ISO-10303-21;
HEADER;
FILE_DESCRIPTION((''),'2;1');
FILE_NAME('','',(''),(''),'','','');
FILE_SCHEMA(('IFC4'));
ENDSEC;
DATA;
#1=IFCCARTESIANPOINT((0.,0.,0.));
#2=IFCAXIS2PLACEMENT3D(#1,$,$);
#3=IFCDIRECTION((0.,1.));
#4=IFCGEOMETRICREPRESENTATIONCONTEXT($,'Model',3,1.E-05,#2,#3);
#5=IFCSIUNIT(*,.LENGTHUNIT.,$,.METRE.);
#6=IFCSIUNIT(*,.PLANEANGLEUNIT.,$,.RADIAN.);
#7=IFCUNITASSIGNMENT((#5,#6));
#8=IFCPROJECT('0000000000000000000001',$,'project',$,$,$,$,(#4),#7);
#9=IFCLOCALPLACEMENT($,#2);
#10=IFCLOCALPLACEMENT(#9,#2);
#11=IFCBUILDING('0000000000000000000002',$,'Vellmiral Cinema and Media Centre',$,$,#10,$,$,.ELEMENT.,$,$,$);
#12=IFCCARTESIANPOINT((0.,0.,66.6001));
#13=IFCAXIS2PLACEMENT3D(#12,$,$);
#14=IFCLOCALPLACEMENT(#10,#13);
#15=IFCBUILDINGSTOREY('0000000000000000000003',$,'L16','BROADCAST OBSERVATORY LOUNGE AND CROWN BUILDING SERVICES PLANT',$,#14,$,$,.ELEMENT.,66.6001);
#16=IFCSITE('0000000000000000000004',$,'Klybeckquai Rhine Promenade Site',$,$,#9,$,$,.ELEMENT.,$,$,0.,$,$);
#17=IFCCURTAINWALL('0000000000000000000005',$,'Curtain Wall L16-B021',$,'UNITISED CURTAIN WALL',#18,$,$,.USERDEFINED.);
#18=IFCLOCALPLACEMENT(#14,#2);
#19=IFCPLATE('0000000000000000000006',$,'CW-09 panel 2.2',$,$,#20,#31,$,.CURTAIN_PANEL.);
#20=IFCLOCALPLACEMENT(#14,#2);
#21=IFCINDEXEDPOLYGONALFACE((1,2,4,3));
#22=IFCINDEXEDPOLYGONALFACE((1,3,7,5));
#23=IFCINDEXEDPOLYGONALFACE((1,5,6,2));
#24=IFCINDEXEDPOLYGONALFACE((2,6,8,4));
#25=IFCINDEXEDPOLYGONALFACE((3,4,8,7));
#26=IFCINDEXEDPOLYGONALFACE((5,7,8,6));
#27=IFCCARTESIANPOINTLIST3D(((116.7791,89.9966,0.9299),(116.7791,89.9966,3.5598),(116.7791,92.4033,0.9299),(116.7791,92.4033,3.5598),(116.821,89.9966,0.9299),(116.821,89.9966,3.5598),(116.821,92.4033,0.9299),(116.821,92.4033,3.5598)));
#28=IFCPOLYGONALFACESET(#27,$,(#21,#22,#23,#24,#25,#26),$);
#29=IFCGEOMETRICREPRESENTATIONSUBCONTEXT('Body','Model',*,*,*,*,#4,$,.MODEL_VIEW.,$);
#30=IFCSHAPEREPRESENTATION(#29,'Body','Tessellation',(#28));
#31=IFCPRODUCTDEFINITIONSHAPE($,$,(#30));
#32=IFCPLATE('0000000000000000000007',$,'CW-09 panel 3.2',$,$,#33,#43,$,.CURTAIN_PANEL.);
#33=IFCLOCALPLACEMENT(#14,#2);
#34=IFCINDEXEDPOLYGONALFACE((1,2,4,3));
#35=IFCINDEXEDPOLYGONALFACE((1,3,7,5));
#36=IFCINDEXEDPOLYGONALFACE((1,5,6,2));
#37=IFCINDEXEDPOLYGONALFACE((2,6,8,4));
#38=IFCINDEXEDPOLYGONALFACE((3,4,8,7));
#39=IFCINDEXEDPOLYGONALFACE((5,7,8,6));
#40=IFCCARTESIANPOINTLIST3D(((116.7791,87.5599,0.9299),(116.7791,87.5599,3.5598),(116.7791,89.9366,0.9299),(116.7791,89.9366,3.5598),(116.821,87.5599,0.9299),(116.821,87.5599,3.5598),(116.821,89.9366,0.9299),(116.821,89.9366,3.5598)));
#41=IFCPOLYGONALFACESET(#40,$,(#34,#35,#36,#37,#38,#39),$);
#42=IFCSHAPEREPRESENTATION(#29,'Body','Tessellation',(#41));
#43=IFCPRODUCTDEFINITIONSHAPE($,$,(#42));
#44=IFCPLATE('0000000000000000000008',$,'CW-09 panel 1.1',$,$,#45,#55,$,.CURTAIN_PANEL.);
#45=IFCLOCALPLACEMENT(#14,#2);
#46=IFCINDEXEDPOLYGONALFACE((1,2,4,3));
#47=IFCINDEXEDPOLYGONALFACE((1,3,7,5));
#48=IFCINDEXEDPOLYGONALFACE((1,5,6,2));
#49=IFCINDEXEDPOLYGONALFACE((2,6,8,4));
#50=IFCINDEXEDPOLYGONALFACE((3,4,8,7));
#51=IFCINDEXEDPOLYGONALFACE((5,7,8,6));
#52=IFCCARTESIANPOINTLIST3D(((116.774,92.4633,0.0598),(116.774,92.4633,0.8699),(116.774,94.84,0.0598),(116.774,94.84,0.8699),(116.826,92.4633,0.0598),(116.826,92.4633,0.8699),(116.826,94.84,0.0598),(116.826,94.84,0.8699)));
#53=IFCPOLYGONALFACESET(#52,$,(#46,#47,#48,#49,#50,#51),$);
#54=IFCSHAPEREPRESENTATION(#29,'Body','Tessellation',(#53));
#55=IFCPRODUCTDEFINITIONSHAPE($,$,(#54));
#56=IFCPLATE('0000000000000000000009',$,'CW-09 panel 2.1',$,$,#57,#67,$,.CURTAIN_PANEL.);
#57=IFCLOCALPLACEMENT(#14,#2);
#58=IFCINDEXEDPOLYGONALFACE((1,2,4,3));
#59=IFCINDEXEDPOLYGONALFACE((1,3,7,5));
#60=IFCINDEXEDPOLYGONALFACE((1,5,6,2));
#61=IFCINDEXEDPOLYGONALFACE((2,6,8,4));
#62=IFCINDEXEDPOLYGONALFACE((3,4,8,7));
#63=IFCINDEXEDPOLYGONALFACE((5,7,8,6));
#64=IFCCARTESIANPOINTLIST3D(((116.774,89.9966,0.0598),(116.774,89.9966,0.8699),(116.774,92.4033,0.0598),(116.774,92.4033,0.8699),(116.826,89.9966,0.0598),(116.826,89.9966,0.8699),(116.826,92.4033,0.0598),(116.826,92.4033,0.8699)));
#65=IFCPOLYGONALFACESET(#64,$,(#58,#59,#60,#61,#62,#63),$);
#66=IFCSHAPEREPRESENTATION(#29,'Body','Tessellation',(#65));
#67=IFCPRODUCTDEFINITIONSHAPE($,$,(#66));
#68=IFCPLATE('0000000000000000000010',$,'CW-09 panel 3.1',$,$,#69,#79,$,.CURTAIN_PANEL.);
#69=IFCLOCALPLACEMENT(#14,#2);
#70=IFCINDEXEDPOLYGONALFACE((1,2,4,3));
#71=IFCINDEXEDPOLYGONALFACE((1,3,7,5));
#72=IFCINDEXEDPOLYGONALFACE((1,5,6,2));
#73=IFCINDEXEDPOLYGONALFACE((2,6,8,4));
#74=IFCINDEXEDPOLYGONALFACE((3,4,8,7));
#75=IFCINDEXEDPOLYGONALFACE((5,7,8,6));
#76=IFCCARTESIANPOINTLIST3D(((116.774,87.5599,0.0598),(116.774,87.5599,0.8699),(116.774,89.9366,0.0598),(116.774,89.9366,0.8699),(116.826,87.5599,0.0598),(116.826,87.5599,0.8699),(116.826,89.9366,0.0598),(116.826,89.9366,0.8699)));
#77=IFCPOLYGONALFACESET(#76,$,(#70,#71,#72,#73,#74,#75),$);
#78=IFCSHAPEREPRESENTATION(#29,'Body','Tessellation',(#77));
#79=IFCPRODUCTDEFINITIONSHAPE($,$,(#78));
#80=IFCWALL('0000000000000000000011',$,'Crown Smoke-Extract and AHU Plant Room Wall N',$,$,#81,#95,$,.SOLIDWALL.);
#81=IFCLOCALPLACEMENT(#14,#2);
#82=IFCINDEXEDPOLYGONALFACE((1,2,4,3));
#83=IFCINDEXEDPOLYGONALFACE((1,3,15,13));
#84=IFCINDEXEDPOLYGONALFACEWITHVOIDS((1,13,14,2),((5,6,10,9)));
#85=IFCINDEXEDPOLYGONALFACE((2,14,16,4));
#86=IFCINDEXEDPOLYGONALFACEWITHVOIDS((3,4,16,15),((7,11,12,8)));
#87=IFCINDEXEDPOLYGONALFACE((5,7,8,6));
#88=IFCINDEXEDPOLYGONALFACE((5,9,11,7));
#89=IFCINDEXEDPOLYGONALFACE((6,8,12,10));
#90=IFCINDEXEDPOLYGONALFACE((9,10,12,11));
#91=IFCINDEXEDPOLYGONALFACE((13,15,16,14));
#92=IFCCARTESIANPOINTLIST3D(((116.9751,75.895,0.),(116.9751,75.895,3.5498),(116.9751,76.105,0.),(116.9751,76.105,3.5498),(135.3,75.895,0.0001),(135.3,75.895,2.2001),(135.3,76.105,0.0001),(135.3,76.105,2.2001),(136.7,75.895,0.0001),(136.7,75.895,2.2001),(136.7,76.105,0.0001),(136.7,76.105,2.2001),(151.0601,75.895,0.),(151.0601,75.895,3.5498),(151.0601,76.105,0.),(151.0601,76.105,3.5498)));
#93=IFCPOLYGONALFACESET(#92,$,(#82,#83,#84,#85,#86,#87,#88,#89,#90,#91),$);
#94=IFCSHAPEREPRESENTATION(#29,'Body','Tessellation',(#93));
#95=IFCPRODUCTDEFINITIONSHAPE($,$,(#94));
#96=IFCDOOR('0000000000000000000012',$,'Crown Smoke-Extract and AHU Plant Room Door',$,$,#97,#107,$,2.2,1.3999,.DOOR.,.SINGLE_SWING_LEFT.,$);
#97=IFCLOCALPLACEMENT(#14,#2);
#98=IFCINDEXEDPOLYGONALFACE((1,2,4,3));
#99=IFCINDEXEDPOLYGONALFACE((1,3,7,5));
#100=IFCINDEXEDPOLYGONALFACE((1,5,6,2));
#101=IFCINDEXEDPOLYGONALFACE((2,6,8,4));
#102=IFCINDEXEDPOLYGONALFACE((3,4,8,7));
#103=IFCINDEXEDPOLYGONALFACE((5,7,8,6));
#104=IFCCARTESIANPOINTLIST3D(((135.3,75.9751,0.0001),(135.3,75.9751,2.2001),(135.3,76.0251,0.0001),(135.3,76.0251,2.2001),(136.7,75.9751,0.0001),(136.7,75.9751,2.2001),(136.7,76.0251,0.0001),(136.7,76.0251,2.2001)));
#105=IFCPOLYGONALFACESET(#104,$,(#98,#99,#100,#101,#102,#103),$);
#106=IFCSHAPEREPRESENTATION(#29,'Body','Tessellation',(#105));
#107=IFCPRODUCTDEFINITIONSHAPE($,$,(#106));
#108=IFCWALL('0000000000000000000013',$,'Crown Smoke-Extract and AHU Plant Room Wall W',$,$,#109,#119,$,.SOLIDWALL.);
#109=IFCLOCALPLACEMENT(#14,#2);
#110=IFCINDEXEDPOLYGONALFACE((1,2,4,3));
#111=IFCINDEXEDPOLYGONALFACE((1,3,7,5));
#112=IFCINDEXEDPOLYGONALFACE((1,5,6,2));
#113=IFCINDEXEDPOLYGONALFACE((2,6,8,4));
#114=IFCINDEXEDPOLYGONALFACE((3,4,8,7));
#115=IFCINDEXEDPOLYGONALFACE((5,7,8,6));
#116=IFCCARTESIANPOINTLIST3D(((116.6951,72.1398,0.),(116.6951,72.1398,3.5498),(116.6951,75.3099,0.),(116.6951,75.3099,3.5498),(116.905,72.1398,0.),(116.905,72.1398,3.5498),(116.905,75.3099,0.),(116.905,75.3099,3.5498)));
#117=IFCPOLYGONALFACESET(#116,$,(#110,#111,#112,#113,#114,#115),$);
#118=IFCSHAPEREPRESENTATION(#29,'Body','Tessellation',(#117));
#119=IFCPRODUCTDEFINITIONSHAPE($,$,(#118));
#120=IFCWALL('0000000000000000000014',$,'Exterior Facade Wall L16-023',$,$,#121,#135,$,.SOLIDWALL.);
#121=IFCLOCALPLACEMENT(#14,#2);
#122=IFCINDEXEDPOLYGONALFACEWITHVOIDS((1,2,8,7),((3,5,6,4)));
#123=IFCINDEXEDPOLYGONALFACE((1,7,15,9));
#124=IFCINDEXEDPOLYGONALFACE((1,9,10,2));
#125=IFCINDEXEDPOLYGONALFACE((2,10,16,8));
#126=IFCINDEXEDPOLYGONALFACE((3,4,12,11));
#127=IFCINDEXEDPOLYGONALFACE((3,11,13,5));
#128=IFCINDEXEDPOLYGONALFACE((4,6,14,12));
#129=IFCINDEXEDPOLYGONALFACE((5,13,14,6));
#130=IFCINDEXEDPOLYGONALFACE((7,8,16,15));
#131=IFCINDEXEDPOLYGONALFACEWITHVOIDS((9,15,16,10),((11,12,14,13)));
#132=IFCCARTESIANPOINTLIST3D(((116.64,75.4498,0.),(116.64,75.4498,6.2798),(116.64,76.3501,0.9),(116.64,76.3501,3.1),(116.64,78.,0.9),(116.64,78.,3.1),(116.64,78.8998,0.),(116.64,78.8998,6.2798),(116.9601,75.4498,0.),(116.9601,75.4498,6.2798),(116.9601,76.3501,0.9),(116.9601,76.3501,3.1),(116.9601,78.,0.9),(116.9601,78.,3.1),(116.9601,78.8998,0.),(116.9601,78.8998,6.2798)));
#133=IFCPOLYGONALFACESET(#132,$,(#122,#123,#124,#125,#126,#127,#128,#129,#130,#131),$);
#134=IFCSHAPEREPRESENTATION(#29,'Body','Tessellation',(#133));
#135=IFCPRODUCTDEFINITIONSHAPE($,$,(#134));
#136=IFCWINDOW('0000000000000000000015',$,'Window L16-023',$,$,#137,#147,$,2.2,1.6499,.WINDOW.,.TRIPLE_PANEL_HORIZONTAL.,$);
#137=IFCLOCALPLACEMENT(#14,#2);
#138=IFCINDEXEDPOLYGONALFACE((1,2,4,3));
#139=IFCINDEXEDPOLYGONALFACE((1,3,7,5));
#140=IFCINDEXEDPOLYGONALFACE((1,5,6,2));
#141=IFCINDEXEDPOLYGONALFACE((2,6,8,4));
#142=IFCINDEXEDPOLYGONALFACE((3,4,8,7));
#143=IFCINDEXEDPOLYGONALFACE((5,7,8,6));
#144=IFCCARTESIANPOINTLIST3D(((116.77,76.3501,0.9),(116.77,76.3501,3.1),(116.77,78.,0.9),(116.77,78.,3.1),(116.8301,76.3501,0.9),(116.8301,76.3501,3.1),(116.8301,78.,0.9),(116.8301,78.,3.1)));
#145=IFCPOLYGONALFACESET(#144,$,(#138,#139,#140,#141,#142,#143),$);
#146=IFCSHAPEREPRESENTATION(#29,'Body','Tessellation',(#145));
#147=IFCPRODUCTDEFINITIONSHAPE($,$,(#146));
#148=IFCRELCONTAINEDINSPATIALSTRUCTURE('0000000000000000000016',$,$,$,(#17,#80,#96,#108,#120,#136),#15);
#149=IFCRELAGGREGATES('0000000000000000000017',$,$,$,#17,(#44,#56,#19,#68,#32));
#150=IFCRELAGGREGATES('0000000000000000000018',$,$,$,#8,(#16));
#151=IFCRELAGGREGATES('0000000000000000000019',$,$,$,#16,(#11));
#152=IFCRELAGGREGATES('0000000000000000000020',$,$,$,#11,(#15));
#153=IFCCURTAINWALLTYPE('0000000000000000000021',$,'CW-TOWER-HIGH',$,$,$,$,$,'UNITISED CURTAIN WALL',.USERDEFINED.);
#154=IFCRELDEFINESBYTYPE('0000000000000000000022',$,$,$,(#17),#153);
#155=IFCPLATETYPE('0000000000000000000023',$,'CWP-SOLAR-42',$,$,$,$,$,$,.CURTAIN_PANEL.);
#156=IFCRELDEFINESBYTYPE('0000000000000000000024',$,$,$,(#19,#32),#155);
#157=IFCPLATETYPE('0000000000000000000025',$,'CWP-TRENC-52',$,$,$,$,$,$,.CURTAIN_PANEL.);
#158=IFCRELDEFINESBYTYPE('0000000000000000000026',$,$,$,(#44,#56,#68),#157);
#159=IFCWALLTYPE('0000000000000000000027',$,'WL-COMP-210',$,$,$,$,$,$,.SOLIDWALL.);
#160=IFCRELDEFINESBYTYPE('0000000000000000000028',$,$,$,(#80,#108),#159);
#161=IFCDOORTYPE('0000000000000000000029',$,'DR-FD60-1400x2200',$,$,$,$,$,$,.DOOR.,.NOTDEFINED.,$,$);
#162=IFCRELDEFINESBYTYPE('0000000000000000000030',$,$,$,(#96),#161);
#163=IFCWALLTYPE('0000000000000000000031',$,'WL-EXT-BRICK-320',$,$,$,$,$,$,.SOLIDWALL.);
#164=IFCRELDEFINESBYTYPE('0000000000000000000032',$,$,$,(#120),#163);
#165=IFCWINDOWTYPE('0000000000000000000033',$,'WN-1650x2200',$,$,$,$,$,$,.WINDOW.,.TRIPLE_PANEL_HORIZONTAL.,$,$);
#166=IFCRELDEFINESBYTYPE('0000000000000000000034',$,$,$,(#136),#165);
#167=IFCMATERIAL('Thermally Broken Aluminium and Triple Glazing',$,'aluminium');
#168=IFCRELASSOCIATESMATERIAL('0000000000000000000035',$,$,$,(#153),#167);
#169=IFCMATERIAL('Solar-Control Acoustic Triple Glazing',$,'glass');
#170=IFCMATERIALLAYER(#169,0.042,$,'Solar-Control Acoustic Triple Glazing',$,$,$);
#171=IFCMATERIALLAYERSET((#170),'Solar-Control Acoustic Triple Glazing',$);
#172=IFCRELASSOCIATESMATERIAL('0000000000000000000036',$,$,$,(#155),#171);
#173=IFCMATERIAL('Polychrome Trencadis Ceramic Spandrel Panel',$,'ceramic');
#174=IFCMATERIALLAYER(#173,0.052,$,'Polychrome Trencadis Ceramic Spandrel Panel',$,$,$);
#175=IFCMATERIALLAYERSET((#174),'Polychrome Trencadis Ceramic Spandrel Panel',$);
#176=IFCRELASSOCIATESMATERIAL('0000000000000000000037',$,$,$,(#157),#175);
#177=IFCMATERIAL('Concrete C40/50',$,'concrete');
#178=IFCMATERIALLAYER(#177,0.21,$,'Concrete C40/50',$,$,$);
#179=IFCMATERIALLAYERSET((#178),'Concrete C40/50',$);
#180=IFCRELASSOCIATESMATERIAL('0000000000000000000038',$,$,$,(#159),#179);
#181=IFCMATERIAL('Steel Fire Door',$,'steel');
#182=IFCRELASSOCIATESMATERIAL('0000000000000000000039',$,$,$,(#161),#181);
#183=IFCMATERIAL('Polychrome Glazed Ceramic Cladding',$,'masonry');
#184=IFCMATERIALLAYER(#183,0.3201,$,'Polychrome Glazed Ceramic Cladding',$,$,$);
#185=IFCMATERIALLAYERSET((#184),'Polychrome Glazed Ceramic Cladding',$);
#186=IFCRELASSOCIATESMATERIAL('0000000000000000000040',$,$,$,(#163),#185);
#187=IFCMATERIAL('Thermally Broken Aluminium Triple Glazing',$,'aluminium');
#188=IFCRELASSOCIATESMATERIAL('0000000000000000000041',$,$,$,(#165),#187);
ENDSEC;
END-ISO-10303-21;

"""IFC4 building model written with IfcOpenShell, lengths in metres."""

from ifc_helpers import new_model, si_unit, direction, frame, frame_2d, origin, origin_2d, place, context, subcontext, project, spatial, rectangle, extrude, material, layer, layer_set, type_object, element, fill, aggregate, save


model = new_model("IFC4")

# Units and contexts
model_context = context("Model", 3, precision=1e-05, world=origin(), true_north=direction((0.0, 1.0)))
body_context = subcontext(model_context, "Body", "Model", "MODEL_VIEW")
ifc_project = project(units=[si_unit("LENGTHUNIT", "METRE"), si_unit("PLANEANGLEUNIT", "RADIAN")], contexts=[model_context])

# Site, building, storey
site_placement = place(None, origin())
site = spatial("IfcSite", under=ifc_project, at=site_placement, Name="Klybeckquai Rhine Promenade Site", CompositionType="ELEMENT", RefElevation=0.0)
building_placement = place(site_placement, origin())
building = spatial("IfcBuilding", under=site, at=building_placement, Name="Vellmiral Cinema and Media Centre", CompositionType="ELEMENT")
storey_placement = place(building_placement, frame((0.0, 0.0, 66.6001)))
storey = spatial("IfcBuildingStorey", under=building, at=storey_placement, Name="L16", Description="BROADCAST OBSERVATORY LOUNGE AND CROWN BUILDING SERVICES PLANT", CompositionType="ELEMENT", Elevation=66.6001)

# Curtain wall, plates
ifc_material_1 = material(Name="Thermally Broken Aluminium and Triple Glazing", Category="aluminium")
curtain_wall_type = type_object("IfcCurtainWallType", Name="CW-TOWER-HIGH", ElementType="UNITISED CURTAIN WALL", PredefinedType="USERDEFINED", material=ifc_material_1)
curtain_wall_placement = place(storey_placement, origin())
curtain_wall = element("IfcCurtainWall", 1, at=curtain_wall_placement, inside=storey, type_object=curtain_wall_type, Name="Curtain Wall L16-B021", ObjectType="UNITISED CURTAIN WALL", PredefinedType="USERDEFINED")
ifc_material_2 = material(Name="Solar-Control Acoustic Triple Glazing", Category="glass")
ifc_layer_1 = layer(ifc_material_2, 0.042, Name="Solar-Control Acoustic Triple Glazing")
ifc_layer_set_1 = layer_set([ifc_layer_1], Name="Solar-Control Acoustic Triple Glazing")
plate_type_1 = type_object("IfcPlateType", Name="CWP-SOLAR-42", PredefinedType="CURTAIN_PANEL", material=ifc_layer_set_1)
plate_1_placement = place(storey_placement, frame((116.8, 91.2, 0.9299), z_axis=(0.0, 0.0, 1.0), x_axis=(0.0, -1.0, 0.0)))
plate_1 = element("IfcPlate", 2, at=plate_1_placement, type_object=plate_type_1, Name="CW-09 panel 2.2", PredefinedType="CURTAIN_PANEL", context=body_context, shape_type="SweptSolid", body=[
    extrude(rectangle(XDim=2.4067, YDim=0.042, at=origin_2d()), origin(), (0.0, 0.0, 1.0), 2.6299),
])
plate_2_placement = place(storey_placement, frame((116.8, 88.7483, 0.9299), z_axis=(0.0, 0.0, 1.0), x_axis=(0.0, -1.0, 0.0)))
plate_2 = element("IfcPlate", 3, at=plate_2_placement, type_object=plate_type_1, Name="CW-09 panel 3.2", PredefinedType="CURTAIN_PANEL", context=body_context, shape_type="SweptSolid", body=[
    extrude(rectangle(XDim=2.3767, YDim=0.042, at=origin_2d()), origin(), (0.0, 0.0, 1.0), 2.6299),
])
ifc_material_3 = material(Name="Polychrome Trencadis Ceramic Spandrel Panel", Category="ceramic")
ifc_layer_2 = layer(ifc_material_3, 0.052, Name="Polychrome Trencadis Ceramic Spandrel Panel")
ifc_layer_set_2 = layer_set([ifc_layer_2], Name="Polychrome Trencadis Ceramic Spandrel Panel")
plate_type_2 = type_object("IfcPlateType", Name="CWP-TRENC-52", PredefinedType="CURTAIN_PANEL", material=ifc_layer_set_2)
plate_3_placement = place(storey_placement, frame((116.8, 93.6516, 0.0598), z_axis=(0.0, 0.0, 1.0), x_axis=(0.0, -1.0, 0.0)))
plate_3 = element("IfcPlate", 4, at=plate_3_placement, type_object=plate_type_2, Name="CW-09 panel 1.1", PredefinedType="CURTAIN_PANEL", context=body_context, shape_type="SweptSolid", body=[
    extrude(rectangle(XDim=2.3767, YDim=0.052, at=origin_2d()), origin(), (0.0, 0.0, 1.0), 0.8101),
])
plate_4_placement = place(storey_placement, frame((116.8, 91.2, 0.0598), z_axis=(0.0, 0.0, 1.0), x_axis=(0.0, -1.0, 0.0)))
plate_4 = element("IfcPlate", 5, at=plate_4_placement, type_object=plate_type_2, Name="CW-09 panel 2.1", PredefinedType="CURTAIN_PANEL", context=body_context, shape_type="SweptSolid", body=[
    extrude(rectangle(XDim=2.4067, YDim=0.052, at=origin_2d()), origin(), (0.0, 0.0, 1.0), 0.8101),
])
plate_5_placement = place(storey_placement, frame((116.8, 88.7483, 0.0598), z_axis=(0.0, 0.0, 1.0), x_axis=(0.0, -1.0, 0.0)))
plate_5 = element("IfcPlate", 6, at=plate_5_placement, type_object=plate_type_2, Name="CW-09 panel 3.1", PredefinedType="CURTAIN_PANEL", context=body_context, shape_type="SweptSolid", body=[
    extrude(rectangle(XDim=2.3767, YDim=0.052, at=origin_2d()), origin(), (0.0, 0.0, 1.0), 0.8101),
])
aggregate(curtain_wall, [plate_3, plate_4, plate_1, plate_5, plate_2])

# Wall, opening, door
ifc_material_4 = material(Name="Concrete C40/50", Category="concrete")
ifc_layer_3 = layer(ifc_material_4, 0.21, Name="Concrete C40/50")
ifc_layer_set_3 = layer_set([ifc_layer_3], Name="Concrete C40/50")
wall_type_1 = type_object("IfcWallType", Name="WL-COMP-210", PredefinedType="SOLIDWALL", material=ifc_layer_set_3)
wall_1_placement = place(storey_placement, frame((116.9751, 76.0, 0.0), z_axis=(0.0, 0.0, 1.0), x_axis=(1.0, 0.0, 0.0)))
wall_1 = element("IfcWall", 7, at=wall_1_placement, inside=storey, type_object=wall_type_1, Name="Crown Smoke-Extract and AHU Plant Room Wall N", PredefinedType="SOLIDWALL", context=body_context, shape_type="SweptSolid", body=[
    extrude(rectangle(XDim=34.085, YDim=0.21, at=frame_2d((17.0425, 0.0))), origin(), (0.0, 0.0, 1.0), 3.5498),
])
opening_1_placement = place(wall_1_placement, frame((18.325, 0.0, 0.0)))
opening_1 = element("IfcOpeningElement", 8, at=opening_1_placement, cuts=wall_1, PredefinedType="OPENING", context=body_context, shape_type="SweptSolid", body=[
    extrude(rectangle(XDim=1.3999, YDim=2.2, at=frame_2d((0.7, 1.1001))), frame((0.0, 0.1169, 0.0), z_axis=(0.0, -1.0, 0.0), x_axis=(1.0, 0.0, 0.0)), (0.0, 0.0, 1.0), 0.2339),
])
ifc_material_5 = material(Name="Steel Fire Door", Category="steel")
door_type_1 = type_object("IfcDoorType", Name="DR-FD60-1400x2200", OperationType="NOTDEFINED", PredefinedType="DOOR", material=ifc_material_5)
door_1_placement = place(opening_1_placement, frame((1.3999, 0.0, 0.0), z_axis=(0.0, 0.0, 1.0), x_axis=(-1.0, 0.0, 0.0)))
door_1 = element("IfcDoor", 9, at=door_1_placement, inside=storey, type_object=door_type_1, Name="Crown Smoke-Extract and AHU Plant Room Door", OperationType="SINGLE_SWING_LEFT", OverallHeight=2.2, OverallWidth=1.3999, PredefinedType="DOOR", context=body_context, shape_type="SweptSolid", body=[
    extrude(rectangle(XDim=1.3999, YDim=2.2, at=frame_2d((0.7, 1.1001))), frame((0.0, 0.0249, 0.0), z_axis=(0.0, -1.0, 0.0), x_axis=(1.0, 0.0, 0.0)), (0.0, 0.0, 1.0), 0.05),
])
fill(opening_1, door_1)

# Wall
wall_2_placement = place(storey_placement, frame((116.8, 72.1399, 0.0), z_axis=(0.0, 0.0, 1.0), x_axis=(0.0, 1.0, 0.0)))
element("IfcWall", 10, at=wall_2_placement, inside=storey, type_object=wall_type_1, Name="Crown Smoke-Extract and AHU Plant Room Wall W", PredefinedType="SOLIDWALL", context=body_context, shape_type="SweptSolid", body=[
    extrude(rectangle(XDim=3.1702, YDim=0.21, at=frame_2d((1.585, 0.0))), origin(), (0.0, 0.0, 1.0), 3.5498),
])

# Wall, opening, window
ifc_material_6 = material(Name="Polychrome Glazed Ceramic Cladding", Category="masonry")
ifc_layer_4 = layer(ifc_material_6, 0.3201, Name="Polychrome Glazed Ceramic Cladding")
ifc_layer_set_4 = layer_set([ifc_layer_4], Name="Polychrome Glazed Ceramic Cladding")
wall_type_2 = type_object("IfcWallType", Name="WL-EXT-BRICK-320", PredefinedType="SOLIDWALL", material=ifc_layer_set_4)
wall_3_placement = place(storey_placement, frame((116.8, 78.8999, 0.0), z_axis=(0.0, 0.0, 1.0), x_axis=(0.0, -1.0, 0.0)))
wall_3 = element("IfcWall", 11, at=wall_3_placement, inside=storey, type_object=wall_type_2, Name="Exterior Facade Wall L16-023", PredefinedType="SOLIDWALL", context=body_context, shape_type="SweptSolid", body=[
    extrude(rectangle(XDim=3.45, YDim=0.3201, at=frame_2d((1.7251, 0.0))), origin(), (0.0, 0.0, 1.0), 6.2798),
])
opening_2_placement = place(wall_3_placement, frame((0.8999, 0.0, 0.8999)))
opening_2 = element("IfcOpeningElement", 12, at=opening_2_placement, cuts=wall_3, PredefinedType="OPENING", context=body_context, shape_type="SweptSolid", body=[
    extrude(rectangle(XDim=1.6499, YDim=2.2, at=frame_2d((0.825, 1.1001))), frame((0.0, 0.1719, 0.0), z_axis=(0.0, -1.0, 0.0), x_axis=(1.0, 0.0, 0.0)), (0.0, 0.0, 1.0), 0.344),
])
ifc_material_7 = material(Name="Thermally Broken Aluminium Triple Glazing", Category="aluminium")
window_type_1 = type_object("IfcWindowType", Name="WN-1650x2200", PartitioningType="TRIPLE_PANEL_HORIZONTAL", PredefinedType="WINDOW", material=ifc_material_7)
window_1_placement = place(opening_2_placement, origin())
window_1 = element("IfcWindow", 13, at=window_1_placement, inside=storey, type_object=window_type_1, Name="Window L16-023", OverallHeight=2.2, OverallWidth=1.6499, PartitioningType="TRIPLE_PANEL_HORIZONTAL", PredefinedType="WINDOW", context=body_context, shape_type="SweptSolid", body=[
    extrude(rectangle(XDim=1.6499, YDim=2.2, at=frame_2d((0.825, 1.1001))), frame((0.0, 0.03, 0.0), z_axis=(0.0, -1.0, 0.0), x_axis=(1.0, 0.0, 0.0)), (0.0, 0.0, 1.0), 0.0601),
])
fill(opening_2, window_1)

save(model, "model.ifc")
